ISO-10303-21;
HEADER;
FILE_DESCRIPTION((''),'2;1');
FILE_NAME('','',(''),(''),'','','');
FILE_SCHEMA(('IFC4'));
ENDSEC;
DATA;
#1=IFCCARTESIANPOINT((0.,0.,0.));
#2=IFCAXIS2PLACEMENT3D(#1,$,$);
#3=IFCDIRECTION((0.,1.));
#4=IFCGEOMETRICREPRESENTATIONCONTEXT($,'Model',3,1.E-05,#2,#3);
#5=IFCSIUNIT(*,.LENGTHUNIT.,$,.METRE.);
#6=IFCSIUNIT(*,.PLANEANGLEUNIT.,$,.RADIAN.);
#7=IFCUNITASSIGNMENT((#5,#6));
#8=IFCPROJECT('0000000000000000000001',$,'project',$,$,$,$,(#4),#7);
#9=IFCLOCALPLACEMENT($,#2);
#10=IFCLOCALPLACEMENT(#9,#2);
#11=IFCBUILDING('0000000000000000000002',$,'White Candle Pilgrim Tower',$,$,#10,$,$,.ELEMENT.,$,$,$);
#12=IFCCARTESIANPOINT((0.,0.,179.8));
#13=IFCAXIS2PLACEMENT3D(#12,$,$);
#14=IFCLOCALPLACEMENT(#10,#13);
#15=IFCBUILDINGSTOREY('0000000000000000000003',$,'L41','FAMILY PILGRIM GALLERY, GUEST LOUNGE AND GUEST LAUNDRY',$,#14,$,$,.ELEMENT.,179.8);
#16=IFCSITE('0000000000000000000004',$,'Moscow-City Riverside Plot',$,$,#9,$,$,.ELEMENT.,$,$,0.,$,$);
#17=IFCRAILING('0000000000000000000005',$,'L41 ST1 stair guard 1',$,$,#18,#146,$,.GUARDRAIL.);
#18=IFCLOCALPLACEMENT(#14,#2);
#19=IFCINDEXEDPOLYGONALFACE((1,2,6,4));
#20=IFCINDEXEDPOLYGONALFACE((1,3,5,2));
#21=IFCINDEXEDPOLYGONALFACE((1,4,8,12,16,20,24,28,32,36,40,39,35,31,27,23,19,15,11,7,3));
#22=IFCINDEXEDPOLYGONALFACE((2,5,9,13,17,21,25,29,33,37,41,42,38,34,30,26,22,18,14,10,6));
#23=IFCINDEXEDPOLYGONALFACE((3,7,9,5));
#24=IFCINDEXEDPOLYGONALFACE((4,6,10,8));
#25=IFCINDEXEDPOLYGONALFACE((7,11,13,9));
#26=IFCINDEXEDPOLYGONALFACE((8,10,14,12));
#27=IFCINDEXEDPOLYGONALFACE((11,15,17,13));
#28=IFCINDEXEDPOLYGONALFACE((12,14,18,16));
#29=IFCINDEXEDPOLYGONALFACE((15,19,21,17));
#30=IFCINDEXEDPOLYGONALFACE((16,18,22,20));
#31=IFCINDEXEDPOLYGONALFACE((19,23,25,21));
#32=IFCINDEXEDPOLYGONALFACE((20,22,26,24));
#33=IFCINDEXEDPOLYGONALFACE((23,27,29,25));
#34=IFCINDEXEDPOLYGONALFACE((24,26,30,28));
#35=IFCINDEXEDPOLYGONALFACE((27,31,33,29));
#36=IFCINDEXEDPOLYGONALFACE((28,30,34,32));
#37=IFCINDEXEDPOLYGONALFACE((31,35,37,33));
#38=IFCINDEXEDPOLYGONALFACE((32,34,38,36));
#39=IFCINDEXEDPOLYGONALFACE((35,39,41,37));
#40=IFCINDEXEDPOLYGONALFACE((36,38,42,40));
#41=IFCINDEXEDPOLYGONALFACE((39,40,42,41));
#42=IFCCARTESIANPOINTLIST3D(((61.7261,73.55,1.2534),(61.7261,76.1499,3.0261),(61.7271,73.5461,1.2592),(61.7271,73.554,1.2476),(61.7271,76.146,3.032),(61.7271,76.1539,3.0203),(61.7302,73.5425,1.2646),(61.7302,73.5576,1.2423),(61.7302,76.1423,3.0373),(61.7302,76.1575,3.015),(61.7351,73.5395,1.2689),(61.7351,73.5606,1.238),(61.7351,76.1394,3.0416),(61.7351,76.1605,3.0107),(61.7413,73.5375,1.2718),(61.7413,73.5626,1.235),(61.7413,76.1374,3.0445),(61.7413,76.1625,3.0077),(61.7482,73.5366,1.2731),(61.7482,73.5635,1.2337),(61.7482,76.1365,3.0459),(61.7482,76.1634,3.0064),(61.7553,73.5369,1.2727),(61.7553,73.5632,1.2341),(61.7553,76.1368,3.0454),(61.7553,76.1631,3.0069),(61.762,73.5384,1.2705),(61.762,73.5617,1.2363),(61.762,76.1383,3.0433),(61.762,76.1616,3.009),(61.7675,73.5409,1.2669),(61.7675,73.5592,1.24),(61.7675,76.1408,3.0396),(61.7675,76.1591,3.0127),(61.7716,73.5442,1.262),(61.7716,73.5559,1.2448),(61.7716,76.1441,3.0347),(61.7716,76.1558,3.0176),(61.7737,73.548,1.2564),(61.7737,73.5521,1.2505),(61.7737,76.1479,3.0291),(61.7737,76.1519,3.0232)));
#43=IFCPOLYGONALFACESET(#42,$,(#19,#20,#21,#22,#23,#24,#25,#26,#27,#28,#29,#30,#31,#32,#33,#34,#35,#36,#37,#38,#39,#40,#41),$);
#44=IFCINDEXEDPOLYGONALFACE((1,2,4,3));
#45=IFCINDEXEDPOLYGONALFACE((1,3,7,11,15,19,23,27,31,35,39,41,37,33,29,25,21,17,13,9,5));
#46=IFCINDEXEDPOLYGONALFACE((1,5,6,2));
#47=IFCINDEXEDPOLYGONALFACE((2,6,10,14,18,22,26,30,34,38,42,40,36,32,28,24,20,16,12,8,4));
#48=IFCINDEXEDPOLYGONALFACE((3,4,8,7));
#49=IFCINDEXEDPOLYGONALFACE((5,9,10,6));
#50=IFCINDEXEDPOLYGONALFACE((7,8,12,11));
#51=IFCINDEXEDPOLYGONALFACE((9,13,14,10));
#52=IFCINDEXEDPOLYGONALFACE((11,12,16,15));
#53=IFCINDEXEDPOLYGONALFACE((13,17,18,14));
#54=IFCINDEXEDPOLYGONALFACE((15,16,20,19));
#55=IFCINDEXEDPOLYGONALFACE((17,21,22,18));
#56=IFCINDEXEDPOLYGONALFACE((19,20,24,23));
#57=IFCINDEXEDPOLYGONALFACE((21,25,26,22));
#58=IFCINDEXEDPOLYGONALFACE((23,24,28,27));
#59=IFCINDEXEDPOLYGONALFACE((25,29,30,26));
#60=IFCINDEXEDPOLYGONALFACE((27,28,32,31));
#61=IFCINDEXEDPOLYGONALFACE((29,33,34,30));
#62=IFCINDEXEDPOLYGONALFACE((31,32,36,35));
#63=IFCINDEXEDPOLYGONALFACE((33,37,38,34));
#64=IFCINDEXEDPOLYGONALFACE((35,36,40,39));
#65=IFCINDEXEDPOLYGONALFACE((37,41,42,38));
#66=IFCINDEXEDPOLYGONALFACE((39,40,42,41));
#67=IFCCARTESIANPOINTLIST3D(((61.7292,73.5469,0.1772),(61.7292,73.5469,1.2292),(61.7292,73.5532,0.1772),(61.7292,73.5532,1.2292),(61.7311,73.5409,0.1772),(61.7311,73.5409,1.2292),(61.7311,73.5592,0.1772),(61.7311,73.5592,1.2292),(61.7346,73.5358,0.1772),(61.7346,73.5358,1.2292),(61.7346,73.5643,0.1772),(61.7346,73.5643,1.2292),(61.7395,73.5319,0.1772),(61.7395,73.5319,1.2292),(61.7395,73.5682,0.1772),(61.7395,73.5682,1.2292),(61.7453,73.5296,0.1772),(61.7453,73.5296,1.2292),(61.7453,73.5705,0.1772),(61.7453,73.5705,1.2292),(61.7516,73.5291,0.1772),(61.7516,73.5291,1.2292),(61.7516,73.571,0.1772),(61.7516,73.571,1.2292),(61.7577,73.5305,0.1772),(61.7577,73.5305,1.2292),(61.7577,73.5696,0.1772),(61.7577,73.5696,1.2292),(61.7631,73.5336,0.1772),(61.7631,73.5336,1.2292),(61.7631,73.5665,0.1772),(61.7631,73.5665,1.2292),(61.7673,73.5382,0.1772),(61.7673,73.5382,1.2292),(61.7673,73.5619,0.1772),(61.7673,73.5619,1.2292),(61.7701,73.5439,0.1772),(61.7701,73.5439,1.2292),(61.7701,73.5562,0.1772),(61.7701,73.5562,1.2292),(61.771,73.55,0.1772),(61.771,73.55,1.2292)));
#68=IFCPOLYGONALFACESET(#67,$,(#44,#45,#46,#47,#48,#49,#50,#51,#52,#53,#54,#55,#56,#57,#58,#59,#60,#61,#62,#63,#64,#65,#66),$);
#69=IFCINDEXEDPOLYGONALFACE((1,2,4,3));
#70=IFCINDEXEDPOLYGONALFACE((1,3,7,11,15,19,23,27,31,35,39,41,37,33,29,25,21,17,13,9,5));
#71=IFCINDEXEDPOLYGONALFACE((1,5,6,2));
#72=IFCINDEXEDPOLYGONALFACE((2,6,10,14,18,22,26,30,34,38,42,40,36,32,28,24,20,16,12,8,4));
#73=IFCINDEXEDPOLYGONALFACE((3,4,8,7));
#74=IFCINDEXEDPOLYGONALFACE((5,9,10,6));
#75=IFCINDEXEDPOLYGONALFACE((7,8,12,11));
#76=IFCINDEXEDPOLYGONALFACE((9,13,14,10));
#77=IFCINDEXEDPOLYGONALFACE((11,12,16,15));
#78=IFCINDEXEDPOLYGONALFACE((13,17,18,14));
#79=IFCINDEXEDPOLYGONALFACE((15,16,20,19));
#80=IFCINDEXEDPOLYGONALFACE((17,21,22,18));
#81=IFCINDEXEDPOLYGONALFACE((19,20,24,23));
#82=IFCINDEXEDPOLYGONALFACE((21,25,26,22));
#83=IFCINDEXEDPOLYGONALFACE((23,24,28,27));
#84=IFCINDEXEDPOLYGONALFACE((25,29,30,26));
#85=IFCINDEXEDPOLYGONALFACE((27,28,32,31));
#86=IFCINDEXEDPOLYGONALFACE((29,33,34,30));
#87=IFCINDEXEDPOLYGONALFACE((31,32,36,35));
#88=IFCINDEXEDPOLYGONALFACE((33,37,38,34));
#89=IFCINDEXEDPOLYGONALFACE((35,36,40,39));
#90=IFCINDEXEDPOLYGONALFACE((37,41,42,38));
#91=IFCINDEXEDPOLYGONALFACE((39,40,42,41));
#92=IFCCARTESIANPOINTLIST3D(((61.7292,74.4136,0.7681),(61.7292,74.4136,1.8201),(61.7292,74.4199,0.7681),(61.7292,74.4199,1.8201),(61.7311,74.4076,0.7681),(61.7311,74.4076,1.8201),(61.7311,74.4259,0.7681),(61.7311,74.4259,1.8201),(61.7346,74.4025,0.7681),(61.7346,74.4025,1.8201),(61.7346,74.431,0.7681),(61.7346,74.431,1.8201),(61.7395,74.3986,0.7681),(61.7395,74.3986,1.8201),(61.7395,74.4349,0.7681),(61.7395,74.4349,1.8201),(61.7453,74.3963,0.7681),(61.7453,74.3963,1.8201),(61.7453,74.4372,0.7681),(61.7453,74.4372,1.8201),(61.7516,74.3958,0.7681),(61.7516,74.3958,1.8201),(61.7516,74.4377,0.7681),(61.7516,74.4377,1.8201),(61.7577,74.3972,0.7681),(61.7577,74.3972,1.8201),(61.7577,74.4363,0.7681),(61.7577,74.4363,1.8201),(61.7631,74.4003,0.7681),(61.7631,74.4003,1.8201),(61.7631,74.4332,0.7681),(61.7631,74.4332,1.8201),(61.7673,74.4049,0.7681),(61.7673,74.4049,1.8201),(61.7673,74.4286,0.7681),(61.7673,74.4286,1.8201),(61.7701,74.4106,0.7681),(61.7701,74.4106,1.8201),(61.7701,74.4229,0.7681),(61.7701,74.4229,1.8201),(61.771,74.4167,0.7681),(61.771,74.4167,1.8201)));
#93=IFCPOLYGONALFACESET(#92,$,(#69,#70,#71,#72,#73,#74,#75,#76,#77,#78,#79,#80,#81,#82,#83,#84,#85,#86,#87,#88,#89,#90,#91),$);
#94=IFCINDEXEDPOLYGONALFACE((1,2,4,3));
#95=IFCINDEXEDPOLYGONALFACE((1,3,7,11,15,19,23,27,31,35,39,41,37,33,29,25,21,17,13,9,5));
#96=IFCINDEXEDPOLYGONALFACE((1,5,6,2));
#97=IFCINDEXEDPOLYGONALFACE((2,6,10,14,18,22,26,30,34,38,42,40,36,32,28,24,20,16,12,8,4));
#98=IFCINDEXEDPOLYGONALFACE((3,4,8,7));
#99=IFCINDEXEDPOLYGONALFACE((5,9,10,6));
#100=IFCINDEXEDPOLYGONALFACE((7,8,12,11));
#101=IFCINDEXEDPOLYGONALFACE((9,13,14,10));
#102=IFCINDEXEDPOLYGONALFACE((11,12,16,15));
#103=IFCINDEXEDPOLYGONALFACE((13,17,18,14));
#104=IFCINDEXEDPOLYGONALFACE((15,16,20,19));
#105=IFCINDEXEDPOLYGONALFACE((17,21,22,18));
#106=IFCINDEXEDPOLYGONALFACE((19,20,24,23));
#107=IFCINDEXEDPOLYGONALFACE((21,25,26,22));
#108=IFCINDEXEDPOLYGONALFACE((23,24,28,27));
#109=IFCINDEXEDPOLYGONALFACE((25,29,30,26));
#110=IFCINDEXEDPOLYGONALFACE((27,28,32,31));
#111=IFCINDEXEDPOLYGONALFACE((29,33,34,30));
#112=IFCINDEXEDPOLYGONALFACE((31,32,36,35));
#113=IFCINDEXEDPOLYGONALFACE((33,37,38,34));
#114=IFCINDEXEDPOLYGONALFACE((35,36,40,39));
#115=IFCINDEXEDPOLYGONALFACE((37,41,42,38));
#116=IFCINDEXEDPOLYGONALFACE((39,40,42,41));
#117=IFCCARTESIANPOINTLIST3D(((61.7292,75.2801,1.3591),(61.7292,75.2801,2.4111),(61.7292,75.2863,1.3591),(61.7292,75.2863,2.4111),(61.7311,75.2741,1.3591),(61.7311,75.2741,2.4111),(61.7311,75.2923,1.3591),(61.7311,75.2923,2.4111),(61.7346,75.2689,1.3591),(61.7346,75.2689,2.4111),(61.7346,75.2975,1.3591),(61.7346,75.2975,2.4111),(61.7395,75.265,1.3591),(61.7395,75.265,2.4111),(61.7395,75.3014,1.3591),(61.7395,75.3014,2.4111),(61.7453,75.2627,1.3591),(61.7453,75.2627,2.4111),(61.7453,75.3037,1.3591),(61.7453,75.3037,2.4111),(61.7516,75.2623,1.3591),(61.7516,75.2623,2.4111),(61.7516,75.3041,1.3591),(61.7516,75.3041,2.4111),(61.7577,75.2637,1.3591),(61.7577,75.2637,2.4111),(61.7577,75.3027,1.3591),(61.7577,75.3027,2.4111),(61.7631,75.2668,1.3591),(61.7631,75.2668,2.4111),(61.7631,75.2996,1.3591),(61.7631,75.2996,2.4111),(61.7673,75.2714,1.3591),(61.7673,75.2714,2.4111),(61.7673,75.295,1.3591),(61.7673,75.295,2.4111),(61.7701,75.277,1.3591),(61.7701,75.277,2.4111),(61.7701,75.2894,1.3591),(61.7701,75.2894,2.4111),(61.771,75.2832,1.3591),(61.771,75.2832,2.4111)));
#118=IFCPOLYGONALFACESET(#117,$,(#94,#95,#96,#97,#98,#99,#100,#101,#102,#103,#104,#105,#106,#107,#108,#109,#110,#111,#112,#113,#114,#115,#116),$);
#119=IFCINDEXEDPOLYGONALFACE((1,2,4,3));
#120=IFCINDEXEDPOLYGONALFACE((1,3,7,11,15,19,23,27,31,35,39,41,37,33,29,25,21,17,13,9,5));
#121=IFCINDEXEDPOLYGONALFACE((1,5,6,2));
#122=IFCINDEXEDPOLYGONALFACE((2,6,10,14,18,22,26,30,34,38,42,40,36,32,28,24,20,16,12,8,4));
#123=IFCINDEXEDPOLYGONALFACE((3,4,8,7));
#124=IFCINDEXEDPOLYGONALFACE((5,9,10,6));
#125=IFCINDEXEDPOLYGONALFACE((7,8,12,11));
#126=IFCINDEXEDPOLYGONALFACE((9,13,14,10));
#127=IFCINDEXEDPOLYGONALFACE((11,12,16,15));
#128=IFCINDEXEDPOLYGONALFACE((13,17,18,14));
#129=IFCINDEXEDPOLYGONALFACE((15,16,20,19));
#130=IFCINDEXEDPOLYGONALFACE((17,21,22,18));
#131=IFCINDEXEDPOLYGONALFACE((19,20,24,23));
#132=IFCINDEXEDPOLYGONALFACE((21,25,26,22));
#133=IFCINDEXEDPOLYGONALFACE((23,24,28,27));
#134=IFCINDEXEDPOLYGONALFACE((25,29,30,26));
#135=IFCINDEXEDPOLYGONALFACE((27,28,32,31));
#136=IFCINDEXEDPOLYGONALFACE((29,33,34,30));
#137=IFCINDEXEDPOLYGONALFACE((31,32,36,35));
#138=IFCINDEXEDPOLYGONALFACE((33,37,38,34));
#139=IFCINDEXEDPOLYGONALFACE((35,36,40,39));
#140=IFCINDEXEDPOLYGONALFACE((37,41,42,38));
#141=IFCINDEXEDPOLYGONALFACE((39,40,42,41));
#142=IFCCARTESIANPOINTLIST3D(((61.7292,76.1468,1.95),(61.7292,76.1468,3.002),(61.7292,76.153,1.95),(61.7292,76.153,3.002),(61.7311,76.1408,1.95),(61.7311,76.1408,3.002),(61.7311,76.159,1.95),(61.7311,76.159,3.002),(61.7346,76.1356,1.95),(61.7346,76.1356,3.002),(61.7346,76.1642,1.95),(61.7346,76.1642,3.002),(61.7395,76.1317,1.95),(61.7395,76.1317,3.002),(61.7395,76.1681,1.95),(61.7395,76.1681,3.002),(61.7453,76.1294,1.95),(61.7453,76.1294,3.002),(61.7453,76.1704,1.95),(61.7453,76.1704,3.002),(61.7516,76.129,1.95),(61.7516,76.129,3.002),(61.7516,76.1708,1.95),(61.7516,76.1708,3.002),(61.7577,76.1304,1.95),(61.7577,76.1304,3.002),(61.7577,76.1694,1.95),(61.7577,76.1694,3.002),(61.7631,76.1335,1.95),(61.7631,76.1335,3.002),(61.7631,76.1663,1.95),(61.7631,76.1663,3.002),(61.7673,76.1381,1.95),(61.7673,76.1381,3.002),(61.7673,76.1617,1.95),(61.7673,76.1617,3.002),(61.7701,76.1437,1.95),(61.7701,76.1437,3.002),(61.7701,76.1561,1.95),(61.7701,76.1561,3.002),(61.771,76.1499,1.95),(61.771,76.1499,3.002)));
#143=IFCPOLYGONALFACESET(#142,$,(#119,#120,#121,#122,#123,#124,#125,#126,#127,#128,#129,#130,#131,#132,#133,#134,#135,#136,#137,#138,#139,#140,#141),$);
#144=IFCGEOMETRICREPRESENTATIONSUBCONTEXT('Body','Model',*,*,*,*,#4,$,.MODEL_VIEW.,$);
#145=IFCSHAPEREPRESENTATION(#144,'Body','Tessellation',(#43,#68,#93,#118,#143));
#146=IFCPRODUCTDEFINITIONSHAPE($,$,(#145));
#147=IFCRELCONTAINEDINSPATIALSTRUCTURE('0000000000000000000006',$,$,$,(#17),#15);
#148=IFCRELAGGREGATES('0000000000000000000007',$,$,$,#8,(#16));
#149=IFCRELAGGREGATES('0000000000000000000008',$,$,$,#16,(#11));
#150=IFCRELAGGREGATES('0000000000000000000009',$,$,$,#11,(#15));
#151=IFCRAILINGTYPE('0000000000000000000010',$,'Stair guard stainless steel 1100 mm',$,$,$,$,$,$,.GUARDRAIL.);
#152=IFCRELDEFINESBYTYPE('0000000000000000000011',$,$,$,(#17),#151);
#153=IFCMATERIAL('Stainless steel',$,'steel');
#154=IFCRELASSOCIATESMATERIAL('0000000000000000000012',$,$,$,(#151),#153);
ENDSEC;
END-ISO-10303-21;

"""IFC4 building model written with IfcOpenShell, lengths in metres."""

from ifc_helpers import new_model, si_unit, direction, frame, origin, origin_2d, place, context, subcontext, project, spatial, circle, extrude, material, type_object, element, save


model = new_model("IFC4")

# Units and contexts
model_context = context("Model", 3, precision=1e-05, world=origin(), true_north=direction((0.0, 1.0)))
body_context = subcontext(model_context, "Body", "Model", "MODEL_VIEW")
ifc_project = project(units=[si_unit("LENGTHUNIT", "METRE"), si_unit("PLANEANGLEUNIT", "RADIAN")], contexts=[model_context])

# Site, building, storey
site_placement = place(None, origin())
site = spatial("IfcSite", under=ifc_project, at=site_placement, Name="Moscow-City Riverside Plot", CompositionType="ELEMENT", RefElevation=0.0)
building_placement = place(site_placement, origin())
building = spatial("IfcBuilding", under=site, at=building_placement, Name="White Candle Pilgrim Tower", CompositionType="ELEMENT")
storey_placement = place(building_placement, frame((0.0, 0.0, 179.8)))
storey = spatial("IfcBuildingStorey", under=building, at=storey_placement, Name="L41", Description="FAMILY PILGRIM GALLERY, GUEST LOUNGE AND GUEST LAUNDRY", CompositionType="ELEMENT", Elevation=179.8)

# Railing
ifc_material_1 = material(Name="Stainless steel", Category="steel")
railing_type = type_object("IfcRailingType", Name="Stair guard stainless steel 1100 mm", PredefinedType="GUARDRAIL", material=ifc_material_1)
railing_1_placement = place(storey_placement, frame((61.75, 73.55, 0.1772)))
element("IfcRailing", 1, at=railing_1_placement, inside=storey, type_object=railing_type, Name="L41 ST1 stair guard 1", PredefinedType="GUARDRAIL", context=body_context, shape_type="SweptSolid", body=[
    extrude(circle(Radius=0.0239, at=origin_2d()), frame((0.0, 0.0, 1.0762), z_axis=(0.0, 0.826216, 0.563354), x_axis=(-1.0, 0.0, 0.0)), (0.0, 0.0, 1.0), 3.1467),
    extrude(circle(Radius=0.021, at=origin_2d()), origin(), (0.0, 0.0, 1.0), 1.052),
    extrude(circle(Radius=0.021, at=origin_2d()), frame((0.0, 0.8667, 0.5908)), (0.0, 0.0, 1.0), 1.052),
    extrude(circle(Radius=0.021, at=origin_2d()), frame((0.0, 1.7332, 1.1819)), (0.0, 0.0, 1.0), 1.052),
    extrude(circle(Radius=0.021, at=origin_2d()), frame((0.0, 2.5999, 1.7727)), (0.0, 0.0, 1.0), 1.052),
])

save(model, "model.ifc")
